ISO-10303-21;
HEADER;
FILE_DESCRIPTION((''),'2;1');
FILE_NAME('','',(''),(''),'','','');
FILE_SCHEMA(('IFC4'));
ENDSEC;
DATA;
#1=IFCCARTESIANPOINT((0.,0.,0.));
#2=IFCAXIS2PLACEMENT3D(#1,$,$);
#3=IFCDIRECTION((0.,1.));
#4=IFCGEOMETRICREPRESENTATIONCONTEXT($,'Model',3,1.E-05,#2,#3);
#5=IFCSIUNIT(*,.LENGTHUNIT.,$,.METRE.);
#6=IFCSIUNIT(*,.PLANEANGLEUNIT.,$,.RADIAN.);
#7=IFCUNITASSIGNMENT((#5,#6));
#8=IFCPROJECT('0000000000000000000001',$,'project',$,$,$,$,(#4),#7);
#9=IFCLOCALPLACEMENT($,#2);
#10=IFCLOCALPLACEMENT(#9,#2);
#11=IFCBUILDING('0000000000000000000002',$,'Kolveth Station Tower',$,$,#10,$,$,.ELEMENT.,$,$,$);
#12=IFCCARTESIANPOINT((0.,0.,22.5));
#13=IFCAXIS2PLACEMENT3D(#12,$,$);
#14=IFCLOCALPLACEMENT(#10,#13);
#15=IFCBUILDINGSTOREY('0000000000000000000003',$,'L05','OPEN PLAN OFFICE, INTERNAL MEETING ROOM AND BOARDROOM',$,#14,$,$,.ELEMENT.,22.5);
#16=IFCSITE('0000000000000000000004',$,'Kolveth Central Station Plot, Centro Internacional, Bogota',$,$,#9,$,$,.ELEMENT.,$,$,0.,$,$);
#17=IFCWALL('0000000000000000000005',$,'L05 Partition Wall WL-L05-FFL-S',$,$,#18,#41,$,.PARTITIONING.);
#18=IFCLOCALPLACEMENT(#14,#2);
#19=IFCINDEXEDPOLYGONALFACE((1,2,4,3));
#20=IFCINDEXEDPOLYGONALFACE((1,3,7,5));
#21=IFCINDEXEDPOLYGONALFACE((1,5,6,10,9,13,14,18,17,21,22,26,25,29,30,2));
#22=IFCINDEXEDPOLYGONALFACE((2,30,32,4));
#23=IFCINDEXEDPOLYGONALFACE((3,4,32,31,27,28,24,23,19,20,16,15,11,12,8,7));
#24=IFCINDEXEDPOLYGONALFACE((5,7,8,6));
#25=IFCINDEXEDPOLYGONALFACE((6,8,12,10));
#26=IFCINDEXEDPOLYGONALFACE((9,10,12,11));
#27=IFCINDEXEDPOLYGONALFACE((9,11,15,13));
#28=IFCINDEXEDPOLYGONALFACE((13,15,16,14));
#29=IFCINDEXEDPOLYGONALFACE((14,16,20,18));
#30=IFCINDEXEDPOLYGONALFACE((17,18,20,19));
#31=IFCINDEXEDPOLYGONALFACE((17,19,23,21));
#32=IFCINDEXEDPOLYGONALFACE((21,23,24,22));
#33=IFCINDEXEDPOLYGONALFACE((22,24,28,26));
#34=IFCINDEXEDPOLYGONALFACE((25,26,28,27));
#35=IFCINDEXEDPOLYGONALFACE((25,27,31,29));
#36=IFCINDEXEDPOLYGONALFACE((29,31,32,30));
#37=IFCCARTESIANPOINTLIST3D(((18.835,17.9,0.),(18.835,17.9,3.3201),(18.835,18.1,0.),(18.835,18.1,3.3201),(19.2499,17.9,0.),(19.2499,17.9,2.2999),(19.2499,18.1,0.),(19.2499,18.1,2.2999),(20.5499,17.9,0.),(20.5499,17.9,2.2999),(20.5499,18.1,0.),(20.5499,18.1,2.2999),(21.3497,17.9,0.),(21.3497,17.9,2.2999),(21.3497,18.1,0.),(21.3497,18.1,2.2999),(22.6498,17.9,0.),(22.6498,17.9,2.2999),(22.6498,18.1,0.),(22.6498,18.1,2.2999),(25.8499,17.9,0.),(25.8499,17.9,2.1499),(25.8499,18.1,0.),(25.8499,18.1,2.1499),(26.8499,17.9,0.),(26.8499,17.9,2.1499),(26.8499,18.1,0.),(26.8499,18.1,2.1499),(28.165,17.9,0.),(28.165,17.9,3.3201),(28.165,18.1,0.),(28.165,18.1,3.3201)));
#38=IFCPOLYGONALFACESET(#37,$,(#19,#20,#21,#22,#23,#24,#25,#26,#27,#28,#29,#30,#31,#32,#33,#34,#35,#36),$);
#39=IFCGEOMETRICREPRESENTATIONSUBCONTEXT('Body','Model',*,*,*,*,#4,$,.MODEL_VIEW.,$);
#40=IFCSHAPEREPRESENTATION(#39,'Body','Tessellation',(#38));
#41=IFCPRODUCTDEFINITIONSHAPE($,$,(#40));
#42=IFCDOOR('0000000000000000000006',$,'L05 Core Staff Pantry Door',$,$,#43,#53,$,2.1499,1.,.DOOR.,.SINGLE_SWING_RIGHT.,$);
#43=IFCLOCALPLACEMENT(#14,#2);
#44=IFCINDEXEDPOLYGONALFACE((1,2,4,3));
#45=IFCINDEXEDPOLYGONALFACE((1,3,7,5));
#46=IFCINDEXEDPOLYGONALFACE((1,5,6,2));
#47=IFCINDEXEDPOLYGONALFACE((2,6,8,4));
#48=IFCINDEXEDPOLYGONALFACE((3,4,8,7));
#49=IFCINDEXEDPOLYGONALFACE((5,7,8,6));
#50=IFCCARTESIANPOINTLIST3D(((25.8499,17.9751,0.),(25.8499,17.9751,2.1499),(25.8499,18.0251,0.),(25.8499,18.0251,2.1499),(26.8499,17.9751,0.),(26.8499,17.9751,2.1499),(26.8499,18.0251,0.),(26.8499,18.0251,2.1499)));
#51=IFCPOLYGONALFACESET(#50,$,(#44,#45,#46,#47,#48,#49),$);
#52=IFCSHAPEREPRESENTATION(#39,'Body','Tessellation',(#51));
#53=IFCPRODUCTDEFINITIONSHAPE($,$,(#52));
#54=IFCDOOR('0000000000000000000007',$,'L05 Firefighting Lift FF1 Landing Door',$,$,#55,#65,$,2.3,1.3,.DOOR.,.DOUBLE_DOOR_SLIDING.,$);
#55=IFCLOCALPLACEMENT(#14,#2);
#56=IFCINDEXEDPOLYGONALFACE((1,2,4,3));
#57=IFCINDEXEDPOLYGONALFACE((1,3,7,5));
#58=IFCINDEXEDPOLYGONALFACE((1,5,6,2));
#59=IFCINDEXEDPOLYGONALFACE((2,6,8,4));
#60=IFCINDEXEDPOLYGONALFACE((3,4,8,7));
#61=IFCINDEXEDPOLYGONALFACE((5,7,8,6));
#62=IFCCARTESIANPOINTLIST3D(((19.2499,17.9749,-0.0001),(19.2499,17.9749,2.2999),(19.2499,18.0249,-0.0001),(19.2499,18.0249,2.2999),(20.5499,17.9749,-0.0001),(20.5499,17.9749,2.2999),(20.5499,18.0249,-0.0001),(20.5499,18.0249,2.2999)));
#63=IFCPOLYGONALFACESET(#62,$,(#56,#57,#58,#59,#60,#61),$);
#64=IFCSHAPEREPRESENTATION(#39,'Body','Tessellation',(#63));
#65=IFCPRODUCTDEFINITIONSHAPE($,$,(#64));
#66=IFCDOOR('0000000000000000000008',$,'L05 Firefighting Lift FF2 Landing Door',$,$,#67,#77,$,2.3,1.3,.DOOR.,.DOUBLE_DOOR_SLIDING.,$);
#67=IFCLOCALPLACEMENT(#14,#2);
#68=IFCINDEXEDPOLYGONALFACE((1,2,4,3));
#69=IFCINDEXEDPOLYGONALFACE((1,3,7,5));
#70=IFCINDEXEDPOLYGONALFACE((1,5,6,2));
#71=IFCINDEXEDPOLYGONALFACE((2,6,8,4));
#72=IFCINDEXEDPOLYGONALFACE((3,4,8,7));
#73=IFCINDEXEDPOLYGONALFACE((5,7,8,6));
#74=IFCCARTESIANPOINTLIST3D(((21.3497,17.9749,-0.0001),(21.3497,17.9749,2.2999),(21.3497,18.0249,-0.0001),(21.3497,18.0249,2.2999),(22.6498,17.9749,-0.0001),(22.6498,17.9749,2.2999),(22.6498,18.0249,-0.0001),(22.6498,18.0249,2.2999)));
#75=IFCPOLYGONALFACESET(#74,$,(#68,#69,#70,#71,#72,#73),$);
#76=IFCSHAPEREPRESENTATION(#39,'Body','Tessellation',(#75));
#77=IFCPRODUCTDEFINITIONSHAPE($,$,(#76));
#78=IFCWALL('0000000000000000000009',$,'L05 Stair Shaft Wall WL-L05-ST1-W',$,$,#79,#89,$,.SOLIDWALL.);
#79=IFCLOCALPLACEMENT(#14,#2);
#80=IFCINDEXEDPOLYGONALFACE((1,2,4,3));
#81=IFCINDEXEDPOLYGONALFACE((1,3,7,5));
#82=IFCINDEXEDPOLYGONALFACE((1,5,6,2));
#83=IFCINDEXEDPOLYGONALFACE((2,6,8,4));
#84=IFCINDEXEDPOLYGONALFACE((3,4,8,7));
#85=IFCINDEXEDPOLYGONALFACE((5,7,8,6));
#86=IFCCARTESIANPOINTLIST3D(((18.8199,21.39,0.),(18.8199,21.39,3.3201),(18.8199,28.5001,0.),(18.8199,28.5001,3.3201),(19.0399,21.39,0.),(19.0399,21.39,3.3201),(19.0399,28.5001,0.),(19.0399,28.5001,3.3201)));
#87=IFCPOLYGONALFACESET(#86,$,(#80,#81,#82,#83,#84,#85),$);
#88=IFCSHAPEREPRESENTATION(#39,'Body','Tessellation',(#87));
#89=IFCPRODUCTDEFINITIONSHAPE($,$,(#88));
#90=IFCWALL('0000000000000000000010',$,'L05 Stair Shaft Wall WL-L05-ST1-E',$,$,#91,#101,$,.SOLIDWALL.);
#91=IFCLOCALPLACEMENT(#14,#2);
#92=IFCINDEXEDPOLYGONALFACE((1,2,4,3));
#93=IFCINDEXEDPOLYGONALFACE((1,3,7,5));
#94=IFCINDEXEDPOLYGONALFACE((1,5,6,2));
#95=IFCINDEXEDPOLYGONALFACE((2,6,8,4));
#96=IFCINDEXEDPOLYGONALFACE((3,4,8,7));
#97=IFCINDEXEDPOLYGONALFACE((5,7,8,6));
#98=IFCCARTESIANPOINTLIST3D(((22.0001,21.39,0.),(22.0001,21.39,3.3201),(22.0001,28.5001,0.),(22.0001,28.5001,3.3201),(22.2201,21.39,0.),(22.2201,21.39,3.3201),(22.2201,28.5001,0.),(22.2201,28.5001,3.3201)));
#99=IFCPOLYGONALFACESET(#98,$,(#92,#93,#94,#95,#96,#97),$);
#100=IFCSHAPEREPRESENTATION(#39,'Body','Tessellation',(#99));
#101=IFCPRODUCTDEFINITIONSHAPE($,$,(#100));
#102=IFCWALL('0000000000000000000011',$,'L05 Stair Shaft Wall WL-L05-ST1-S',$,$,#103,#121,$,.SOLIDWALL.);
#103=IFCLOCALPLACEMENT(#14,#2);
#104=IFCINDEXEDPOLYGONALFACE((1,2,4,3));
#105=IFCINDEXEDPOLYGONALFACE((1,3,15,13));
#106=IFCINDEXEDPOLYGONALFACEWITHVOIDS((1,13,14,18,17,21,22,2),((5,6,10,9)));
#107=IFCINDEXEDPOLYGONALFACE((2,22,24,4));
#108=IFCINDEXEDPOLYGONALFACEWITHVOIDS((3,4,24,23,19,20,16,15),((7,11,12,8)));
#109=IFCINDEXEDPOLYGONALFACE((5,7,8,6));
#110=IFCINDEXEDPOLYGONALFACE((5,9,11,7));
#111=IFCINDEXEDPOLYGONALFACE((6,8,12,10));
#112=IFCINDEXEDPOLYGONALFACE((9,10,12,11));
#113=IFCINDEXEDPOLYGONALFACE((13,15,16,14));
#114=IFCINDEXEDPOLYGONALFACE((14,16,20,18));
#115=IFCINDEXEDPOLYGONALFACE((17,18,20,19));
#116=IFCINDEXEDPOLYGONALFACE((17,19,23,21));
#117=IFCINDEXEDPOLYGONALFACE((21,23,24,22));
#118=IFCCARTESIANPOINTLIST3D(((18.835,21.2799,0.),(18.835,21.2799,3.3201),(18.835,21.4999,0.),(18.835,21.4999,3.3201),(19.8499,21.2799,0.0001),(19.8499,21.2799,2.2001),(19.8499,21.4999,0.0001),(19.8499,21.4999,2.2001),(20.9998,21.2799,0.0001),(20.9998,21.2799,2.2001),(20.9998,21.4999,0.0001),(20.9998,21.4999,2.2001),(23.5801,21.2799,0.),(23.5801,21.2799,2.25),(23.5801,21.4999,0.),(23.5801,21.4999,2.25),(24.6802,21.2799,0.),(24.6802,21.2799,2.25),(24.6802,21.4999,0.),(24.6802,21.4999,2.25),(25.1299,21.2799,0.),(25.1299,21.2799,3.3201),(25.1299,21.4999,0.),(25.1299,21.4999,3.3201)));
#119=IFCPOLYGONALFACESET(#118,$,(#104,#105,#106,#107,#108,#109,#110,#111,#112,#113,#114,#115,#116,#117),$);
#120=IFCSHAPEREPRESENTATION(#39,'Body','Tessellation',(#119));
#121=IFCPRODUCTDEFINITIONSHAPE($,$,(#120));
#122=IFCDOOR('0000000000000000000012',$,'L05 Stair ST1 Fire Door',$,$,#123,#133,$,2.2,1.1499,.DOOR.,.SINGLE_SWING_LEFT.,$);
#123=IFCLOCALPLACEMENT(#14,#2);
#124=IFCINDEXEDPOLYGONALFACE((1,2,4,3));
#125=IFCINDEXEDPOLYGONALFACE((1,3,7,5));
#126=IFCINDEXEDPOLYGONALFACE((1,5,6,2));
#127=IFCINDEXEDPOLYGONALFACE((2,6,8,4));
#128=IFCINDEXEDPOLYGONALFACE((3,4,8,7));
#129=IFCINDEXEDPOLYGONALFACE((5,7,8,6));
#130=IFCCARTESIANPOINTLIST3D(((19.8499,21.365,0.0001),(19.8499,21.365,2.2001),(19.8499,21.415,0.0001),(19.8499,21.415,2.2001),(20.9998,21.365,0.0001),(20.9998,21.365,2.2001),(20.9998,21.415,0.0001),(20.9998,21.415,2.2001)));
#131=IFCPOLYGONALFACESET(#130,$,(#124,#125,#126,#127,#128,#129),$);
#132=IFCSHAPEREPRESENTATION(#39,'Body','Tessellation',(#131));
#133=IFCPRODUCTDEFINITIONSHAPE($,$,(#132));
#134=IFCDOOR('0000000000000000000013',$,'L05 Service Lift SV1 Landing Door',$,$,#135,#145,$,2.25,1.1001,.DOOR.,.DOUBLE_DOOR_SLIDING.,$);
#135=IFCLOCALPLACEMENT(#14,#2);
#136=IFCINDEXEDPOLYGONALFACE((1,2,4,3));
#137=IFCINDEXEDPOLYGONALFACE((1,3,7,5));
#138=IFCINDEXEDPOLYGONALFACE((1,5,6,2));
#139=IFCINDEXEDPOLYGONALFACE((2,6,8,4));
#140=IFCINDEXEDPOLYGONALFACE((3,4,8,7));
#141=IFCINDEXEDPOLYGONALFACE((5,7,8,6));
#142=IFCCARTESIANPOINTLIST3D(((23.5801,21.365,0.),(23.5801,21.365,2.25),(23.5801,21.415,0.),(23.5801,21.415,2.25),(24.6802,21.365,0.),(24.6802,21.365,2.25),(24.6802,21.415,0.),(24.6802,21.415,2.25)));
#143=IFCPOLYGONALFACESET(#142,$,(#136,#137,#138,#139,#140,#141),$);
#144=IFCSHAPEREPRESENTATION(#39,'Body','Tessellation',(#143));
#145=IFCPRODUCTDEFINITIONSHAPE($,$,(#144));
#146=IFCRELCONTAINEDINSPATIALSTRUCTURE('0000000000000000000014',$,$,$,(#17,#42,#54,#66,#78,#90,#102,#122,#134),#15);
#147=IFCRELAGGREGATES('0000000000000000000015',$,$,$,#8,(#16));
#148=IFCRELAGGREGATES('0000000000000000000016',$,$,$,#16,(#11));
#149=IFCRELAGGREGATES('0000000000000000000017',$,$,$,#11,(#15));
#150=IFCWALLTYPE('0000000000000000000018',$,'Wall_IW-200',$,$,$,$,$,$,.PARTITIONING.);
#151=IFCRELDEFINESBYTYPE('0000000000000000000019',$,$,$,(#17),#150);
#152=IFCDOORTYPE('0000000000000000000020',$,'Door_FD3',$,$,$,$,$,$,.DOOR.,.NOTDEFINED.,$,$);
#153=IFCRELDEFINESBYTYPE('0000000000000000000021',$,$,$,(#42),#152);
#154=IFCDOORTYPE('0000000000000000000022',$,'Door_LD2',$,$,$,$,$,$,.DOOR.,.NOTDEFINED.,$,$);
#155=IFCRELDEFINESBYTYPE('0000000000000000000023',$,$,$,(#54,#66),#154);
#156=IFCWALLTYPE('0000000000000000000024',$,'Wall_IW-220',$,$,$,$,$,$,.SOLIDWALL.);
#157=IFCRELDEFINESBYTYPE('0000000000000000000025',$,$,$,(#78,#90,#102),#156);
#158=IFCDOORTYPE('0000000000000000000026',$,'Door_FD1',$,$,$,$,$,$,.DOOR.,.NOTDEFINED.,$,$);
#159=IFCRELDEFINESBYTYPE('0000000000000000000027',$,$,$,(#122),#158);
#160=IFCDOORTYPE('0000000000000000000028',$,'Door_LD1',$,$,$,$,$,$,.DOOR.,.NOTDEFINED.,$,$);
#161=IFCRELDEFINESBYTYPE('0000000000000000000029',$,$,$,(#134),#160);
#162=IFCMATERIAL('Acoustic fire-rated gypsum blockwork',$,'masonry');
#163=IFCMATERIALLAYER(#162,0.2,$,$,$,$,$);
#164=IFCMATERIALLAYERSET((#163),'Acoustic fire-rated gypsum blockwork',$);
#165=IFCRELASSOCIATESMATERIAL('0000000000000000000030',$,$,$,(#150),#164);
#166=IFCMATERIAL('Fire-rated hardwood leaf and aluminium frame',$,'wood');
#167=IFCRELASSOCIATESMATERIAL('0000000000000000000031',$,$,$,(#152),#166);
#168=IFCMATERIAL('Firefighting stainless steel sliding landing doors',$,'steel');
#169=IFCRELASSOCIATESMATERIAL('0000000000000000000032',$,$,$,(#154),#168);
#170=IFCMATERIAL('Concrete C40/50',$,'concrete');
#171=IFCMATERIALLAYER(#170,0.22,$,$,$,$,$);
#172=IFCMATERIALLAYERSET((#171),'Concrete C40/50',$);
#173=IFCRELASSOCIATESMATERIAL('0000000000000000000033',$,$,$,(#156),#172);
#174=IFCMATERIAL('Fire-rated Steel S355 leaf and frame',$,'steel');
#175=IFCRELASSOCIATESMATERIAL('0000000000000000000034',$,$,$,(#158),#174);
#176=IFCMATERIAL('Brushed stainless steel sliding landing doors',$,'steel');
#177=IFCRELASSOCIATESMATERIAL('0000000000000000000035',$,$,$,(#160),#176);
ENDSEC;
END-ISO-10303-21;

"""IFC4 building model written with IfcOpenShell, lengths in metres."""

from ifc_helpers import new_model, si_unit, direction, frame, frame_2d, origin, place, context, subcontext, project, spatial, rectangle, extrude, material, layer, layer_set, type_object, element, fill, save


model = new_model("IFC4")

# Units and contexts
model_context = context("Model", 3, precision=1e-05, world=origin(), true_north=direction((0.0, 1.0)))
body_context = subcontext(model_context, "Body", "Model", "MODEL_VIEW")
ifc_project = project(units=[si_unit("LENGTHUNIT", "METRE"), si_unit("PLANEANGLEUNIT", "RADIAN")], contexts=[model_context])

# Site, building, storey
site_placement = place(None, origin())
site = spatial("IfcSite", under=ifc_project, at=site_placement, Name="Kolveth Central Station Plot, Centro Internacional, Bogota", CompositionType="ELEMENT", RefElevation=0.0)
building_placement = place(site_placement, origin())
building = spatial("IfcBuilding", under=site, at=building_placement, Name="Kolveth Station Tower", CompositionType="ELEMENT")
storey_placement = place(building_placement, frame((0.0, 0.0, 22.5)))
storey = spatial("IfcBuildingStorey", under=building, at=storey_placement, Name="L05", Description="OPEN PLAN OFFICE, INTERNAL MEETING ROOM AND BOARDROOM", CompositionType="ELEMENT", Elevation=22.5)

# Shared definitions
ifc_material_1 = material(Name="Acoustic fire-rated gypsum blockwork", Category="masonry")
ifc_layer_1 = layer(ifc_material_1, 0.2)
ifc_layer_set_1 = layer_set([ifc_layer_1], Name="Acoustic fire-rated gypsum blockwork")
wall_type_1 = type_object("IfcWallType", Name="Wall_IW-200", PredefinedType="PARTITIONING", material=ifc_layer_set_1)

# Wall, openings, doors
wall_1_placement = place(storey_placement, frame((18.835, 18.0, 0.0), z_axis=(0.0, 0.0, 1.0), x_axis=(1.0, 0.0, 0.0)))
wall_1 = element("IfcWall", 1, at=wall_1_placement, inside=storey, type_object=wall_type_1, Name="L05 Partition Wall WL-L05-FFL-S", PredefinedType="PARTITIONING", context=body_context, shape_type="SweptSolid", body=[
    extrude(rectangle(XDim=9.3301, YDim=0.2, at=frame_2d((4.665, 0.0))), origin(), (0.0, 0.0, 1.0), 3.3201),
])
opening_1_placement = place(wall_1_placement, frame((0.415, 0.0, 0.0)))
opening_1 = element("IfcOpeningElement", 2, at=opening_1_placement, cuts=wall_1, PredefinedType="OPENING", context=body_context, shape_type="SweptSolid", body=[
    extrude(rectangle(XDim=1.3, YDim=2.3, at=frame_2d((0.6499, 1.1499))), frame((0.0, 0.1099, 0.0), z_axis=(0.0, -1.0, 0.0), x_axis=(1.0, 0.0, 0.0)), (0.0, 0.0, 1.0), 0.22),
])
opening_2_placement = place(wall_1_placement, frame((2.5149, 0.0, 0.0)))
opening_2 = element("IfcOpeningElement", 3, at=opening_2_placement, cuts=wall_1, PredefinedType="OPENING", context=body_context, shape_type="SweptSolid", body=[
    extrude(rectangle(XDim=1.3, YDim=2.3, at=frame_2d((0.6499, 1.1499))), frame((0.0, 0.1099, 0.0), z_axis=(0.0, -1.0, 0.0), x_axis=(1.0, 0.0, 0.0)), (0.0, 0.0, 1.0), 0.22),
])
opening_3_placement = place(wall_1_placement, frame((7.0149, 0.0, 0.0)))
opening_3 = element("IfcOpeningElement", 4, at=opening_3_placement, cuts=wall_1, PredefinedType="OPENING", context=body_context, shape_type="SweptSolid", body=[
    extrude(rectangle(XDim=1.0, YDim=2.1499, at=frame_2d((0.5, 1.075))), frame((0.0, 0.1099, 0.0), z_axis=(0.0, -1.0, 0.0), x_axis=(1.0, 0.0, 0.0)), (0.0, 0.0, 1.0), 0.22),
])
ifc_material_2 = material(Name="Fire-rated hardwood leaf and aluminium frame", Category="wood")
door_type_1 = type_object("IfcDoorType", Name="Door_FD3", OperationType="NOTDEFINED", PredefinedType="DOOR", material=ifc_material_2)
door_1_placement = place(opening_3_placement, frame((1.0, 0.0, 0.0), z_axis=(0.0, 0.0, 1.0), x_axis=(-1.0, 0.0, 0.0)))
door_1 = element("IfcDoor", 5, at=door_1_placement, inside=storey, type_object=door_type_1, Name="L05 Core Staff Pantry Door", OperationType="SINGLE_SWING_RIGHT", OverallHeight=2.1499, OverallWidth=1.0, PredefinedType="DOOR", context=body_context, shape_type="SweptSolid", body=[
    extrude(rectangle(XDim=1.0, YDim=2.1499, at=frame_2d((0.5, 1.075))), frame((0.0, 0.0249, 0.0), z_axis=(0.0, -1.0, 0.0), x_axis=(1.0, 0.0, 0.0)), (0.0, 0.0, 1.0), 0.05),
])
fill(opening_3, door_1)
ifc_material_3 = material(Name="Firefighting stainless steel sliding landing doors", Category="steel")
door_type_2 = type_object("IfcDoorType", Name="Door_LD2", OperationType="NOTDEFINED", PredefinedType="DOOR", material=ifc_material_3)
door_2_placement = place(opening_1_placement, origin())
door_2 = element("IfcDoor", 6, at=door_2_placement, inside=storey, type_object=door_type_2, Name="L05 Firefighting Lift FF1 Landing Door", OperationType="DOUBLE_DOOR_SLIDING", OverallHeight=2.3, OverallWidth=1.3, PredefinedType="DOOR", context=body_context, shape_type="SweptSolid", body=[
    extrude(rectangle(XDim=1.3, YDim=2.3, at=frame_2d((0.6499, 1.1499))), frame((0.0, 0.0249, 0.0), z_axis=(0.0, -1.0, 0.0), x_axis=(1.0, 0.0, 0.0)), (0.0, 0.0, 1.0), 0.05),
])
fill(opening_1, door_2)
door_3_placement = place(opening_2_placement, origin())
door_3 = element("IfcDoor", 7, at=door_3_placement, inside=storey, type_object=door_type_2, Name="L05 Firefighting Lift FF2 Landing Door", OperationType="DOUBLE_DOOR_SLIDING", OverallHeight=2.3, OverallWidth=1.3, PredefinedType="DOOR", context=body_context, shape_type="SweptSolid", body=[
    extrude(rectangle(XDim=1.3, YDim=2.3, at=frame_2d((0.6499, 1.1499))), frame((0.0, 0.0249, 0.0), z_axis=(0.0, -1.0, 0.0), x_axis=(1.0, 0.0, 0.0)), (0.0, 0.0, 1.0), 0.05),
])
fill(opening_2, door_3)

# Walls
ifc_material_4 = material(Name="Concrete C40/50", Category="concrete")
ifc_layer_2 = layer(ifc_material_4, 0.22)
ifc_layer_set_2 = layer_set([ifc_layer_2], Name="Concrete C40/50")
wall_type_2 = type_object("IfcWallType", Name="Wall_IW-220", PredefinedType="SOLIDWALL", material=ifc_layer_set_2)
for number, where, z_axis, x_axis, name in (
    (8, (18.9299, 21.3899, 0.0), (0.0, 0.0, 1.0), (0.0, 1.0, 0.0), "L05 Stair Shaft Wall WL-L05-ST1-W"),
    (9, (22.1101, 21.3899, 0.0), (0.0, 0.0, 1.0), (0.0, 1.0, 0.0), "L05 Stair Shaft Wall WL-L05-ST1-E"),
):
    element("IfcWall", number, at=place(storey_placement, frame(where, z_axis=z_axis, x_axis=x_axis)), inside=storey, type_object=wall_type_2, Name=name, PredefinedType="SOLIDWALL", context=body_context, shape_type="SweptSolid", body=[
        extrude(rectangle(XDim=7.1101, YDim=0.22, at=frame_2d((3.5552, 0.0))), origin(), (0.0, 0.0, 1.0), 3.3201),
    ])

# Wall, openings, doors
wall_2_placement = place(storey_placement, frame((18.835, 21.3899, 0.0), z_axis=(0.0, 0.0, 1.0), x_axis=(1.0, 0.0, 0.0)))
wall_2 = element("IfcWall", 10, at=wall_2_placement, inside=storey, type_object=wall_type_2, Name="L05 Stair Shaft Wall WL-L05-ST1-S", PredefinedType="SOLIDWALL", context=body_context, shape_type="SweptSolid", body=[
    extrude(rectangle(XDim=6.2949, YDim=0.22, at=frame_2d((3.1475, 0.0))), origin(), (0.0, 0.0, 1.0), 3.3201),
])
opening_4_placement = place(wall_2_placement, frame((1.0149, 0.0, 0.0)))
opening_4 = element("IfcOpeningElement", 11, at=opening_4_placement, cuts=wall_2, PredefinedType="OPENING", context=body_context, shape_type="SweptSolid", body=[
    extrude(rectangle(XDim=1.1499, YDim=2.2, at=frame_2d((0.575, 1.1001))), frame((0.0, 0.1199, 0.0), z_axis=(0.0, -1.0, 0.0), x_axis=(1.0, 0.0, 0.0)), (0.0, 0.0, 1.0), 0.24),
])
opening_5_placement = place(wall_2_placement, frame((4.7451, 0.0, 0.0)))
opening_5 = element("IfcOpeningElement", 12, at=opening_5_placement, cuts=wall_2, PredefinedType="OPENING", context=body_context, shape_type="SweptSolid", body=[
    extrude(rectangle(XDim=1.1001, YDim=2.25, at=frame_2d((0.55, 1.125))), frame((0.0, 0.1199, 0.0), z_axis=(0.0, -1.0, 0.0), x_axis=(1.0, 0.0, 0.0)), (0.0, 0.0, 1.0), 0.24),
])
ifc_material_5 = material(Name="Fire-rated Steel S355 leaf and frame", Category="steel")
door_type_3 = type_object("IfcDoorType", Name="Door_FD1", OperationType="NOTDEFINED", PredefinedType="DOOR", material=ifc_material_5)
door_4_placement = place(opening_4_placement, frame((1.1499, 0.0, 0.0), z_axis=(0.0, 0.0, 1.0), x_axis=(-1.0, 0.0, 0.0)))
door_4 = element("IfcDoor", 13, at=door_4_placement, inside=storey, type_object=door_type_3, Name="L05 Stair ST1 Fire Door", OperationType="SINGLE_SWING_LEFT", OverallHeight=2.2, OverallWidth=1.1499, PredefinedType="DOOR", context=body_context, shape_type="SweptSolid", body=[
    extrude(rectangle(XDim=1.1499, YDim=2.2, at=frame_2d((0.575, 1.1001))), frame((0.0, 0.0249, 0.0), z_axis=(0.0, -1.0, 0.0), x_axis=(1.0, 0.0, 0.0)), (0.0, 0.0, 1.0), 0.05),
])
fill(opening_4, door_4)
ifc_material_6 = material(Name="Brushed stainless steel sliding landing doors", Category="steel")
door_type_4 = type_object("IfcDoorType", Name="Door_LD1", OperationType="NOTDEFINED", PredefinedType="DOOR", material=ifc_material_6)
door_5_placement = place(opening_5_placement, frame((1.1001, 0.0, 0.0), z_axis=(0.0, 0.0, 1.0), x_axis=(-1.0, 0.0, 0.0)))
door_5 = element("IfcDoor", 14, at=door_5_placement, inside=storey, type_object=door_type_4, Name="L05 Service Lift SV1 Landing Door", OperationType="DOUBLE_DOOR_SLIDING", OverallHeight=2.25, OverallWidth=1.1001, PredefinedType="DOOR", context=body_context, shape_type="SweptSolid", body=[
    extrude(rectangle(XDim=1.1001, YDim=2.25, at=frame_2d((0.55, 1.125))), frame((0.0, 0.0249, 0.0), z_axis=(0.0, -1.0, 0.0), x_axis=(1.0, 0.0, 0.0)), (0.0, 0.0, 1.0), 0.05),
])
fill(opening_5, door_5)

save(model, "model.ifc")
